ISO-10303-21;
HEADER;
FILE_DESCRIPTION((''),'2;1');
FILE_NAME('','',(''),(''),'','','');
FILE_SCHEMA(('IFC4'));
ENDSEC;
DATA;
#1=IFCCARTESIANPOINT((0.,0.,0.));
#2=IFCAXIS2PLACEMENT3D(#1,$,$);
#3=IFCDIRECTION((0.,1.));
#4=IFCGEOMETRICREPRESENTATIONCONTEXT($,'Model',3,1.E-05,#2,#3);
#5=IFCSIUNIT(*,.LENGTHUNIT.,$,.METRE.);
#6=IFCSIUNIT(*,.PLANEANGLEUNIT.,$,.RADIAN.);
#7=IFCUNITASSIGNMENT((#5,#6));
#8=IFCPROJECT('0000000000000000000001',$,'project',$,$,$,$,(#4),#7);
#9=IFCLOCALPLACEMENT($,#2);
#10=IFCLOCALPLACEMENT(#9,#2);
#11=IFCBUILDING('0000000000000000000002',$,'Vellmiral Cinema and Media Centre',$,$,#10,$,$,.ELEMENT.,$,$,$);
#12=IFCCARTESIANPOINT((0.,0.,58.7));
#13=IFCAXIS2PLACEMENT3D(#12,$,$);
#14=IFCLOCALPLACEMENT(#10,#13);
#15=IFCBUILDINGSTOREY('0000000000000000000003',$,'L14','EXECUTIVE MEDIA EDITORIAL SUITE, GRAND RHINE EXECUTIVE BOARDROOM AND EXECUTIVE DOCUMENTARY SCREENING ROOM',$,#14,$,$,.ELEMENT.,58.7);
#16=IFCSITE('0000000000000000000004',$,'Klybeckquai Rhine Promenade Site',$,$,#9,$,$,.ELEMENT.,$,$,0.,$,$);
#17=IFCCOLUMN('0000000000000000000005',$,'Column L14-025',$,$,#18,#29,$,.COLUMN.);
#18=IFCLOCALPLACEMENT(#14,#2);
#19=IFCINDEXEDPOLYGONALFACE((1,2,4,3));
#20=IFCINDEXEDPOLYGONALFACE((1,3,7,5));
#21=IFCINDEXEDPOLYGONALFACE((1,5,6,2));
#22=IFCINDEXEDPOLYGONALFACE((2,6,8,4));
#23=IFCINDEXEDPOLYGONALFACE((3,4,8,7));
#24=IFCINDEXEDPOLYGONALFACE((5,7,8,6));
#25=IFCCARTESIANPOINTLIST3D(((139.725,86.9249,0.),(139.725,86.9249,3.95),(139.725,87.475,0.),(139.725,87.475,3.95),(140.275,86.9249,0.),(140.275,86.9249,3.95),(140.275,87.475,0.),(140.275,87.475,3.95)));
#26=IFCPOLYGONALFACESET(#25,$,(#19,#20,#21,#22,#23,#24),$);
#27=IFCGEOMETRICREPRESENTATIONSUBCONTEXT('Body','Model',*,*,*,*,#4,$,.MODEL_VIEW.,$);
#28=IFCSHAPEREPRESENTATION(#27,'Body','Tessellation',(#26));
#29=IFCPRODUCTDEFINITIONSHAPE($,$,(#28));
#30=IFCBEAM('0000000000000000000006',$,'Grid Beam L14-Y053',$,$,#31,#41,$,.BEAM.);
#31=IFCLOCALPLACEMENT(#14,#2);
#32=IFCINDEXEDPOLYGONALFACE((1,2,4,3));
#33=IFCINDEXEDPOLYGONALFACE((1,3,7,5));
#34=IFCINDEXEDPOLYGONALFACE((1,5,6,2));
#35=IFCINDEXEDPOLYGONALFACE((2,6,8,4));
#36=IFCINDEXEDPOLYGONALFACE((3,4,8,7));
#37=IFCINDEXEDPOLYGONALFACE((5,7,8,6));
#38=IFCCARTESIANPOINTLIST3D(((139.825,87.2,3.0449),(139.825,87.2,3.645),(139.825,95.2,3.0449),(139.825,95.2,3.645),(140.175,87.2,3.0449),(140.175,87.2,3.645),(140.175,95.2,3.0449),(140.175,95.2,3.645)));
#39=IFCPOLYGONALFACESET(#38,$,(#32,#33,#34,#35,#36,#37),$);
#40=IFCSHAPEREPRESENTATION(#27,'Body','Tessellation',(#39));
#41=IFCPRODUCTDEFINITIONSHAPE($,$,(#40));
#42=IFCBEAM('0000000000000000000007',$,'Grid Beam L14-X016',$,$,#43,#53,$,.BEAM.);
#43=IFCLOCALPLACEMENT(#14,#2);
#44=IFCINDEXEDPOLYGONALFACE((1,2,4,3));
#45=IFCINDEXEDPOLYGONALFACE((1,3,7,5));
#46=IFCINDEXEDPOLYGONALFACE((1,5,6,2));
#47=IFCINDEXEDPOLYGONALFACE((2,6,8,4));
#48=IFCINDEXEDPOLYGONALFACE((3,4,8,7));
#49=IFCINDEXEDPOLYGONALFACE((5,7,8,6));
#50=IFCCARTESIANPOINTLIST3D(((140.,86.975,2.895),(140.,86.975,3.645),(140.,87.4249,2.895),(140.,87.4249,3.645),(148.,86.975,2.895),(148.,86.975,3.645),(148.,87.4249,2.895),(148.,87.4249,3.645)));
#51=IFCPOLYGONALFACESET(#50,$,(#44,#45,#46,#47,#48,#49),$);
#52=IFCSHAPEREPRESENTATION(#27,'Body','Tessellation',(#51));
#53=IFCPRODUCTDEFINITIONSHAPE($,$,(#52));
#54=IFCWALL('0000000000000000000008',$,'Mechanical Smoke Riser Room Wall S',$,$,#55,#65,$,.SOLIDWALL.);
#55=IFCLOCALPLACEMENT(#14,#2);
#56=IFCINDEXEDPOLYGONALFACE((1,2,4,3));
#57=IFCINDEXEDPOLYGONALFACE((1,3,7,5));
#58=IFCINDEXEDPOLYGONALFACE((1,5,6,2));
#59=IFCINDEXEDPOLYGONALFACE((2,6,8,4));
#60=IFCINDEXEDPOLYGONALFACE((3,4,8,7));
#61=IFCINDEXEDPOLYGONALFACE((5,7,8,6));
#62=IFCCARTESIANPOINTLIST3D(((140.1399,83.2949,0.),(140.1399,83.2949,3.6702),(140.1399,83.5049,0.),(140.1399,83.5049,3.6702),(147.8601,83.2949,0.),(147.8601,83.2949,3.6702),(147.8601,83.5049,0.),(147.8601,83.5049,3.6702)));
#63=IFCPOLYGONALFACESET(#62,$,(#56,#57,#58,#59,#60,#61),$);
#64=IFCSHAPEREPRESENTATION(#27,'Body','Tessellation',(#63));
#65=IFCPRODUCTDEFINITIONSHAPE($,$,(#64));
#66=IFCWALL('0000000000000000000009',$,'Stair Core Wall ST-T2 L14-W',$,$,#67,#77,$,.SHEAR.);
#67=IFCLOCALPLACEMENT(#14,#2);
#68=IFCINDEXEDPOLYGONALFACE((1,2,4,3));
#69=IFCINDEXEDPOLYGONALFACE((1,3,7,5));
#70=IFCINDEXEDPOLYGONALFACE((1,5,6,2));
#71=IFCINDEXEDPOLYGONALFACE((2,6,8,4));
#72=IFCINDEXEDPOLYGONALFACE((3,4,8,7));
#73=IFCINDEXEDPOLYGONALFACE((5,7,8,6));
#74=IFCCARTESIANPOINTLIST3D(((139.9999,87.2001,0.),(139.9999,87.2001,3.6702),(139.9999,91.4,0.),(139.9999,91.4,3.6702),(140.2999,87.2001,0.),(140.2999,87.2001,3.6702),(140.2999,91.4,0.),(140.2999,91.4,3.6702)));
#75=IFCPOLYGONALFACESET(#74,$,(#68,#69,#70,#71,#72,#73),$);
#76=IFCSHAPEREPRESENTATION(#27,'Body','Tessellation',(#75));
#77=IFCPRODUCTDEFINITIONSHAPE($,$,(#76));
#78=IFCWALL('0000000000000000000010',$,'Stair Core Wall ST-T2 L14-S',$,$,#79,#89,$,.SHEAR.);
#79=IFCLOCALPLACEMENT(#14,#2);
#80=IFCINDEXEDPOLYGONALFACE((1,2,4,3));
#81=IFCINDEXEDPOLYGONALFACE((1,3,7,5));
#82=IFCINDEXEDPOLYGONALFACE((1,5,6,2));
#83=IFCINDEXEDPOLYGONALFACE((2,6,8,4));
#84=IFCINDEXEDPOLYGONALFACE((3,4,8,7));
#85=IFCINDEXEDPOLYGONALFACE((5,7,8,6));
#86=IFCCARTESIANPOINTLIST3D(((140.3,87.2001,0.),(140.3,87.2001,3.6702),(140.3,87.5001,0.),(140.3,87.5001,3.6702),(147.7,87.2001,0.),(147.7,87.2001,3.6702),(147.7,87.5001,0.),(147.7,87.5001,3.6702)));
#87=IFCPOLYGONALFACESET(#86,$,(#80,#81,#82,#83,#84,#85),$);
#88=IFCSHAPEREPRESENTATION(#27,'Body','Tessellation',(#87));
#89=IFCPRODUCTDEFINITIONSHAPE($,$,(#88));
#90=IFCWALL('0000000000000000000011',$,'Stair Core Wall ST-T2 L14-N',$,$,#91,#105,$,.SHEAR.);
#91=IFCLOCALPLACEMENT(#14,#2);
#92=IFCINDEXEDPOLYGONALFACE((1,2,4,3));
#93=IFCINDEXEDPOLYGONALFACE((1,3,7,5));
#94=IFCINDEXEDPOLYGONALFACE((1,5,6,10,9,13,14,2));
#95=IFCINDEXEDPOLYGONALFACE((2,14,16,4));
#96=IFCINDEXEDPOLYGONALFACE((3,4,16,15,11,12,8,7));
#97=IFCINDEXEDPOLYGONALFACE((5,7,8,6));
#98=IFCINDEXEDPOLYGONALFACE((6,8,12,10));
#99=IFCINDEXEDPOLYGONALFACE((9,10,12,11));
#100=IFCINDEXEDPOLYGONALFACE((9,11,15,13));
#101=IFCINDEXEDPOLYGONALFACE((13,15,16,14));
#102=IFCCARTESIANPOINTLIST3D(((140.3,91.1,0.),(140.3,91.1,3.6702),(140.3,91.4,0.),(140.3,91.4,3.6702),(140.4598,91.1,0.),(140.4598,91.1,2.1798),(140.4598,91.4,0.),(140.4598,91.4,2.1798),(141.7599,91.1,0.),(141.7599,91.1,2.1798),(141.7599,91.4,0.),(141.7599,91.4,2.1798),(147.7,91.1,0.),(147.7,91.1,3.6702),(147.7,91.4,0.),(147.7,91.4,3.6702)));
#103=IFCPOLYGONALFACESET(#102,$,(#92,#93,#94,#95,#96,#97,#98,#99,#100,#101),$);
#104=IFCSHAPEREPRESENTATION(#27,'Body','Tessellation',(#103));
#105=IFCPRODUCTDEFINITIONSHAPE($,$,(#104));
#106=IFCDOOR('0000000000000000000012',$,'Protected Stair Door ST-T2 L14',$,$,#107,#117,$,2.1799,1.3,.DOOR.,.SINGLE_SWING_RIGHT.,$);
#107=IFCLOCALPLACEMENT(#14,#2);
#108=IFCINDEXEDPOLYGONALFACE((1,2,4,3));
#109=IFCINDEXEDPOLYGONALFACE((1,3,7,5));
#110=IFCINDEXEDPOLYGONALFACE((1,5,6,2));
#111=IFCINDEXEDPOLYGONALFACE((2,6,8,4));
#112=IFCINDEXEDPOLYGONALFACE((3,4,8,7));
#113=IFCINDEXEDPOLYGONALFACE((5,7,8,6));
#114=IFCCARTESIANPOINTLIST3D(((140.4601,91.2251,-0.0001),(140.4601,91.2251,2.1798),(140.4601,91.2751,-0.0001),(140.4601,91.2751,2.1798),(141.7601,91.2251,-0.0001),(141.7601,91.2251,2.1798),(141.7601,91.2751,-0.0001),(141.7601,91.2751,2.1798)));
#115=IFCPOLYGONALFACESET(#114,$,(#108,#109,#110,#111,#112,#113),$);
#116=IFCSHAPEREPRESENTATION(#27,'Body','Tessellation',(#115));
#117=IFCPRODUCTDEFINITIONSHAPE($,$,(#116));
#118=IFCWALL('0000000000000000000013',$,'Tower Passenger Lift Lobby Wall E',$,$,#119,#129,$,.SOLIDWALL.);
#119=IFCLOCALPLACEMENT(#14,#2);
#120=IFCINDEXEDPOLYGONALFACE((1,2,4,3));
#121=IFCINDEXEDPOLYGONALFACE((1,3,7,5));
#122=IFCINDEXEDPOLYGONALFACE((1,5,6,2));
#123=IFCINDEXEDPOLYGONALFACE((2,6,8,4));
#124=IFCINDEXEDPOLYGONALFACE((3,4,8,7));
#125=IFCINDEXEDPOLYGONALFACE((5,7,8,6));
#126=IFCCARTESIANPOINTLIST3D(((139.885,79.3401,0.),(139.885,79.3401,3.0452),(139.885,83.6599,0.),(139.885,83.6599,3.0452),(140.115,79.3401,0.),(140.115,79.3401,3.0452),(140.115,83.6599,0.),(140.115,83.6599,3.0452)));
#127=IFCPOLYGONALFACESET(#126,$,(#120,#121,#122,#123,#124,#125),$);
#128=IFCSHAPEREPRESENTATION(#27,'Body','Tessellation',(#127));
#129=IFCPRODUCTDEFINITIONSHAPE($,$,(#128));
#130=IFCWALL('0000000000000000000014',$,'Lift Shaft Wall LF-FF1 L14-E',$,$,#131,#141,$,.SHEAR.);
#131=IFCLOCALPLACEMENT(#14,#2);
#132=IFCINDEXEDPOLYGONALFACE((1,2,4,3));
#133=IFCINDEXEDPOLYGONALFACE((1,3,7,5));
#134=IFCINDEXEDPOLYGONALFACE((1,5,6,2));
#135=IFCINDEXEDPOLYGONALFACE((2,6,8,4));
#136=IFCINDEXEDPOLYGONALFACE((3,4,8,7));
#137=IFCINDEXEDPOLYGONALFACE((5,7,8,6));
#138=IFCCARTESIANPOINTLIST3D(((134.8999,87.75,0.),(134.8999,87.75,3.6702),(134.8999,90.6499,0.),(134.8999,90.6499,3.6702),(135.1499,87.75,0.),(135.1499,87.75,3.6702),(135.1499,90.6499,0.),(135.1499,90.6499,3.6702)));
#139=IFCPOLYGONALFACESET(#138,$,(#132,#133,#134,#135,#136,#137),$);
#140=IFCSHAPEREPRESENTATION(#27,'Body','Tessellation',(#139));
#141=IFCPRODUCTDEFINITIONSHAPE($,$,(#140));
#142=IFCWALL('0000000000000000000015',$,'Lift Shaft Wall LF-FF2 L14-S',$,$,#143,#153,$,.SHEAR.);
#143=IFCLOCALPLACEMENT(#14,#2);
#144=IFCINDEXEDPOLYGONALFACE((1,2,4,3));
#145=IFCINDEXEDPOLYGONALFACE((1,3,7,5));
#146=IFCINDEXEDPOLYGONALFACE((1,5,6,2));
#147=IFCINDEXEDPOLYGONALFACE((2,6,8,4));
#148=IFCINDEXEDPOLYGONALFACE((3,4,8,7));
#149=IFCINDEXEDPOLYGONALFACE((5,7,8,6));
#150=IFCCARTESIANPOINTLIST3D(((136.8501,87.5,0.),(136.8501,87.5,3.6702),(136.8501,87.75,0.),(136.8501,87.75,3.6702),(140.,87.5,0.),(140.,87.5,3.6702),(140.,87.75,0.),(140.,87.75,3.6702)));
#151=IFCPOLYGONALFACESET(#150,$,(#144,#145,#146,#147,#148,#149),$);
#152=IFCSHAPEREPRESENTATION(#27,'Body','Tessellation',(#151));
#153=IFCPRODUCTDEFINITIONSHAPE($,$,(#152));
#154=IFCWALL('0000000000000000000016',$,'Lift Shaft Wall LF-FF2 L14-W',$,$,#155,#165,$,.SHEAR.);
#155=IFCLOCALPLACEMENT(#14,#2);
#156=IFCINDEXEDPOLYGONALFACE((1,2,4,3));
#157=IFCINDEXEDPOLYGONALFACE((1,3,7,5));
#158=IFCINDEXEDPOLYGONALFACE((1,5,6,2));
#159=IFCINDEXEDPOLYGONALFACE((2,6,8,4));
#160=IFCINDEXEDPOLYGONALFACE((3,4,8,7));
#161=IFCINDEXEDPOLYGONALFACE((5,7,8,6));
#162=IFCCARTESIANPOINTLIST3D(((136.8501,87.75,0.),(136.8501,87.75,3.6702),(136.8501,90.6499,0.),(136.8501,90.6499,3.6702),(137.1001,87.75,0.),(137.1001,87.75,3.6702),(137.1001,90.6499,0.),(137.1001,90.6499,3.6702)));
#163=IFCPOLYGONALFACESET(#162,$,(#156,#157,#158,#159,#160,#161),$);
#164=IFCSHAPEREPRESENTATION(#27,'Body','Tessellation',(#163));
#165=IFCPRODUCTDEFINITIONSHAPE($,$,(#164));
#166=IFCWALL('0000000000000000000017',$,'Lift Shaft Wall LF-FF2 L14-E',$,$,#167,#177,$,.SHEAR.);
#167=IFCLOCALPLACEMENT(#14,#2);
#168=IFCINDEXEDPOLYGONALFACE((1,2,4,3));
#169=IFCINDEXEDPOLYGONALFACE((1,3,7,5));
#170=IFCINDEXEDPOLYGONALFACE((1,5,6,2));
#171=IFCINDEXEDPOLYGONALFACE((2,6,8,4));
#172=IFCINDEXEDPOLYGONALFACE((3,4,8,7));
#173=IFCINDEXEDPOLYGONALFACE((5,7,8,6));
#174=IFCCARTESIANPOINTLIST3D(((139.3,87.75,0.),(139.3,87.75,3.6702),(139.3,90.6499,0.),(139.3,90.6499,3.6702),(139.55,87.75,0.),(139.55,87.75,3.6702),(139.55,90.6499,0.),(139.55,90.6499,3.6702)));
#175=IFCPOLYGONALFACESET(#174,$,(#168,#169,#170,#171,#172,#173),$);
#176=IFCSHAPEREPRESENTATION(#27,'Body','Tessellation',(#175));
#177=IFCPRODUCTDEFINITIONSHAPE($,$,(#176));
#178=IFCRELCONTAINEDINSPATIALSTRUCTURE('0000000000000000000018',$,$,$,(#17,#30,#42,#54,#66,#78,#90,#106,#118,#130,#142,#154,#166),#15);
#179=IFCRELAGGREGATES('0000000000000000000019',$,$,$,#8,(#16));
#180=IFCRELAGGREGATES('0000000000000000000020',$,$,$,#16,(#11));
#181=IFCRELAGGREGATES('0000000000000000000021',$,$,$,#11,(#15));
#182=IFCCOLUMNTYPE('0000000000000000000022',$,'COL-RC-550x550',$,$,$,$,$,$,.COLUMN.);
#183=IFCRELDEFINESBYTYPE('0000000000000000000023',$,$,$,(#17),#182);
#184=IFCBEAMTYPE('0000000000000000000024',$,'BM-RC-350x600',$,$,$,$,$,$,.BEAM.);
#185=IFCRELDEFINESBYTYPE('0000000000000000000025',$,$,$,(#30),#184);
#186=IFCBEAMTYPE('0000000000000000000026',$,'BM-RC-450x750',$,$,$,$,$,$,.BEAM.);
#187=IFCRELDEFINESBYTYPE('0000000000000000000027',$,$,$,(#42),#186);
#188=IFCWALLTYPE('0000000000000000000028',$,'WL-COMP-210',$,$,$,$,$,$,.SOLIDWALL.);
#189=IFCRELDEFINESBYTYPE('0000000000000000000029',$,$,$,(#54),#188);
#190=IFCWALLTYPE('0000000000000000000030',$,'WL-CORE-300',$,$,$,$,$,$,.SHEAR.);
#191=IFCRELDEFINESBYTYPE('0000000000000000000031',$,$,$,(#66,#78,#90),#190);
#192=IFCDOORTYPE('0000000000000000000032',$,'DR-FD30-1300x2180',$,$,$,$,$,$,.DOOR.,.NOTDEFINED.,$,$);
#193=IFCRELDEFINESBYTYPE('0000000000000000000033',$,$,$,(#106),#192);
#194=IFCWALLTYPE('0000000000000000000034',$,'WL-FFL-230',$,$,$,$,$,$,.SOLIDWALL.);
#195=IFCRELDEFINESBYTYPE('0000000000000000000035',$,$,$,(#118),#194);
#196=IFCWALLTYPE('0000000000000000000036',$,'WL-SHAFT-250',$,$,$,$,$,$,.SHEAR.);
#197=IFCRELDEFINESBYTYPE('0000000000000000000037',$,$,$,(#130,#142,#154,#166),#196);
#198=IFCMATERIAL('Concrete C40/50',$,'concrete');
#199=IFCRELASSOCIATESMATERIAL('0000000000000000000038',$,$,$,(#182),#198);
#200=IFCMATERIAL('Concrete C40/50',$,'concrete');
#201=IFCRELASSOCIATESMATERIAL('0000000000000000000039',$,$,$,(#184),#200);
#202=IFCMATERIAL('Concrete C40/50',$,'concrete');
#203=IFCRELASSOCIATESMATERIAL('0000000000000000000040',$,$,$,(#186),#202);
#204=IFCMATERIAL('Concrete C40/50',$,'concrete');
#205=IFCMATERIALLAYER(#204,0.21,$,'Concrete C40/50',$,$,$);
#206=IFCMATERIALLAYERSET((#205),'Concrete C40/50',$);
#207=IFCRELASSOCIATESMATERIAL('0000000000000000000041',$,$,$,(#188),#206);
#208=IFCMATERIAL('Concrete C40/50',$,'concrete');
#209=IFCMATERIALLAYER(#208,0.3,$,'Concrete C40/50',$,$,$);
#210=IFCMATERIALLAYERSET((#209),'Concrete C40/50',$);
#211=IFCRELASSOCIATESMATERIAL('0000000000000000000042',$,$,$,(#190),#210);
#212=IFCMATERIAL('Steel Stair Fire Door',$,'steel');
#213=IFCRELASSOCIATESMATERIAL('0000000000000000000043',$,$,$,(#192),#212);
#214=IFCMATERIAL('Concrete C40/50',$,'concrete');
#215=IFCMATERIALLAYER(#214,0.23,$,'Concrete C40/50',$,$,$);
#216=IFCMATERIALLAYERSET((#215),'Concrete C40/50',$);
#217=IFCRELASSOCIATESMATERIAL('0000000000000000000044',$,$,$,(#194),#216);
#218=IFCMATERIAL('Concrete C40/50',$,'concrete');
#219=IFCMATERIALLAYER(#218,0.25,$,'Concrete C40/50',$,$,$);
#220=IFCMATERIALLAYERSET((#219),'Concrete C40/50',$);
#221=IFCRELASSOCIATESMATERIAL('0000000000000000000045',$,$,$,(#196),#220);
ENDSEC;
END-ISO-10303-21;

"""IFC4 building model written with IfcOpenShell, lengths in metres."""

from ifc_helpers import new_model, si_unit, direction, frame, frame_2d, origin, origin_2d, place, context, subcontext, project, spatial, rectangle, extrude, material, layer, layer_set, material_profile, profile_set, type_object, element, fill, save


model = new_model("IFC4")

# Units and contexts
model_context = context("Model", 3, precision=1e-05, world=origin(), true_north=direction((0.0, 1.0)))
body_context = subcontext(model_context, "Body", "Model", "MODEL_VIEW")
ifc_project = project(units=[si_unit("LENGTHUNIT", "METRE"), si_unit("PLANEANGLEUNIT", "RADIAN")], contexts=[model_context])

# Site, building, storey
site_placement = place(None, origin())
site = spatial("IfcSite", under=ifc_project, at=site_placement, Name="Klybeckquai Rhine Promenade Site", CompositionType="ELEMENT", RefElevation=0.0)
building_placement = place(site_placement, origin())
building = spatial("IfcBuilding", under=site, at=building_placement, Name="Vellmiral Cinema and Media Centre", CompositionType="ELEMENT")
storey_placement = place(building_placement, frame((0.0, 0.0, 58.7)))
storey = spatial("IfcBuildingStorey", under=building, at=storey_placement, Name="L14", Description="EXECUTIVE MEDIA EDITORIAL SUITE, GRAND RHINE EXECUTIVE BOARDROOM AND EXECUTIVE DOCUMENTARY SCREENING ROOM", CompositionType="ELEMENT", Elevation=58.7)

# Column
ifc_material_1 = material(Name="Concrete C40/50", Category="concrete")
ifc_material_profile_1 = material_profile(ifc_material_1, rectangle(XDim=0.55, YDim=0.55, at=origin_2d()), Name="RC 550x550")
ifc_profile_set_1 = profile_set([ifc_material_profile_1], Name="Concrete C40/50")
column_type = type_object("IfcColumnType", Name="COL-RC-550x550", PredefinedType="COLUMN", material=ifc_profile_set_1)
column_placement = place(storey_placement, frame((140.0, 87.2, 0.0), z_axis=(0.0, 0.0, 1.0), x_axis=(1.0, 0.0, 0.0)))
element("IfcColumn", 1, at=column_placement, inside=storey, type_object=column_type, Name="Column L14-025", PredefinedType="COLUMN", context=body_context, shape_type="SweptSolid", body=[
    extrude(rectangle(XDim=0.55, YDim=0.55, at=origin_2d()), origin(), (0.0, 0.0, 1.0), 3.95),
])

# Beams
ifc_material_2 = material(Name="Concrete C40/50", Category="concrete")
ifc_material_profile_2 = material_profile(ifc_material_2, rectangle(XDim=0.3501, YDim=0.6001, at=origin_2d()), Name="RC 350x600")
ifc_profile_set_2 = profile_set([ifc_material_profile_2], Name="Concrete C40/50")
beam_type_1 = type_object("IfcBeamType", Name="BM-RC-350x600", PredefinedType="BEAM", material=ifc_profile_set_2)
beam_1_placement = place(storey_placement, frame((140.0, 87.2, 3.345), z_axis=(0.0, 1.0, 0.0), x_axis=(-1.0, 0.0, 0.0)))
element("IfcBeam", 2, at=beam_1_placement, inside=storey, type_object=beam_type_1, Name="Grid Beam L14-Y053", PredefinedType="BEAM", context=body_context, shape_type="SweptSolid", body=[
    extrude(rectangle(XDim=0.3501, YDim=0.6001, at=origin_2d()), origin(), (0.0, 0.0, 1.0), 8.0),
])
ifc_material_3 = material(Name="Concrete C40/50", Category="concrete")
ifc_material_profile_3 = material_profile(ifc_material_3, rectangle(XDim=0.45, YDim=0.75, at=origin_2d()), Name="RC 450x750")
ifc_profile_set_3 = profile_set([ifc_material_profile_3], Name="Concrete C40/50")
beam_type_2 = type_object("IfcBeamType", Name="BM-RC-450x750", PredefinedType="BEAM", material=ifc_profile_set_3)
beam_2_placement = place(storey_placement, frame((140.0, 87.2, 3.27), z_axis=(1.0, 0.0, 0.0), x_axis=(0.0, 1.0, 0.0)))
element("IfcBeam", 3, at=beam_2_placement, inside=storey, type_object=beam_type_2, Name="Grid Beam L14-X016", PredefinedType="BEAM", context=body_context, shape_type="SweptSolid", body=[
    extrude(rectangle(XDim=0.45, YDim=0.75, at=origin_2d()), origin(), (0.0, 0.0, 1.0), 8.0),
])

# Walls
ifc_material_4 = material(Name="Concrete C40/50", Category="concrete")
ifc_layer_1 = layer(ifc_material_4, 0.21, Name="Concrete C40/50")
ifc_layer_set_1 = layer_set([ifc_layer_1], Name="Concrete C40/50")
wall_type_1 = type_object("IfcWallType", Name="WL-COMP-210", PredefinedType="SOLIDWALL", material=ifc_layer_set_1)
wall_1_placement = place(storey_placement, frame((140.1399, 83.3999, 0.0), z_axis=(0.0, 0.0, 1.0), x_axis=(1.0, 0.0, 0.0)))
element("IfcWall", 4, at=wall_1_placement, inside=storey, type_object=wall_type_1, Name="Mechanical Smoke Riser Room Wall S", PredefinedType="SOLIDWALL", context=body_context, shape_type="SweptSolid", body=[
    extrude(rectangle(XDim=7.7202, YDim=0.21, at=frame_2d((3.8601, 0.0))), origin(), (0.0, 0.0, 1.0), 3.6702),
])
ifc_material_5 = material(Name="Concrete C40/50", Category="concrete")
ifc_layer_2 = layer(ifc_material_5, 0.3, Name="Concrete C40/50")
ifc_layer_set_2 = layer_set([ifc_layer_2], Name="Concrete C40/50")
wall_type_2 = type_object("IfcWallType", Name="WL-CORE-300", PredefinedType="SHEAR", material=ifc_layer_set_2)
wall_2_placement = place(storey_placement, frame((140.1499, 87.2, 0.0), z_axis=(0.0, 0.0, 1.0), x_axis=(0.0, 1.0, 0.0)))
element("IfcWall", 5, at=wall_2_placement, inside=storey, type_object=wall_type_2, Name="Stair Core Wall ST-T2 L14-W", PredefinedType="SHEAR", context=body_context, shape_type="SweptSolid", body=[
    extrude(rectangle(XDim=4.2, YDim=0.3, at=frame_2d((2.1001, 0.0))), origin(), (0.0, 0.0, 1.0), 3.6702),
])
wall_3_placement = place(storey_placement, frame((140.3, 87.3501, 0.0), z_axis=(0.0, 0.0, 1.0), x_axis=(1.0, 0.0, 0.0)))
element("IfcWall", 6, at=wall_3_placement, inside=storey, type_object=wall_type_2, Name="Stair Core Wall ST-T2 L14-S", PredefinedType="SHEAR", context=body_context, shape_type="SweptSolid", body=[
    extrude(rectangle(XDim=7.3999, YDim=0.3, at=frame_2d((3.7, 0.0))), origin(), (0.0, 0.0, 1.0), 3.6702),
])

# Wall, opening, door
wall_4_placement = place(storey_placement, frame((140.3, 91.25, 0.0), z_axis=(0.0, 0.0, 1.0), x_axis=(1.0, 0.0, 0.0)))
wall_4 = element("IfcWall", 7, at=wall_4_placement, inside=storey, type_object=wall_type_2, Name="Stair Core Wall ST-T2 L14-N", PredefinedType="SHEAR", context=body_context, shape_type="SweptSolid", body=[
    extrude(rectangle(XDim=7.3999, YDim=0.3, at=frame_2d((3.7, 0.0))), origin(), (0.0, 0.0, 1.0), 3.6702),
])
opening_1_placement = place(wall_4_placement, frame((0.1599, 0.0, 0.0)))
opening_1 = element("IfcOpeningElement", 8, at=opening_1_placement, cuts=wall_4, PredefinedType="OPENING", context=body_context, shape_type="SweptSolid", body=[
    extrude(rectangle(XDim=1.3, YDim=2.1799, at=frame_2d((0.6499, 1.0898))), frame((0.0, 0.1621, 0.0), z_axis=(0.0, -1.0, 0.0), x_axis=(1.0, 0.0, 0.0)), (0.0, 0.0, 1.0), 0.324),
])
ifc_material_6 = material(Name="Steel Stair Fire Door", Category="steel")
door_type_1 = type_object("IfcDoorType", Name="DR-FD30-1300x2180", OperationType="NOTDEFINED", PredefinedType="DOOR", material=ifc_material_6)
door_1_placement = place(opening_1_placement, frame((1.3, 0.0, 0.0), z_axis=(0.0, 0.0, 1.0), x_axis=(-1.0, 0.0, 0.0)))
door_1 = element("IfcDoor", 9, at=door_1_placement, inside=storey, type_object=door_type_1, Name="Protected Stair Door ST-T2 L14", OperationType="SINGLE_SWING_RIGHT", OverallHeight=2.1799, OverallWidth=1.3, PredefinedType="DOOR", context=body_context, shape_type="SweptSolid", body=[
    extrude(rectangle(XDim=1.3, YDim=2.1799, at=frame_2d((0.6499, 1.0898))), frame((0.0, 0.0249, 0.0), z_axis=(0.0, -1.0, 0.0), x_axis=(1.0, 0.0, 0.0)), (0.0, 0.0, 1.0), 0.05),
])
fill(opening_1, door_1)

# Walls
ifc_material_7 = material(Name="Concrete C40/50", Category="concrete")
ifc_layer_3 = layer(ifc_material_7, 0.23, Name="Concrete C40/50")
ifc_layer_set_3 = layer_set([ifc_layer_3], Name="Concrete C40/50")
wall_type_3 = type_object("IfcWallType", Name="WL-FFL-230", PredefinedType="SOLIDWALL", material=ifc_layer_set_3)
wall_5_placement = place(storey_placement, frame((140.0, 79.3401, 0.0), z_axis=(0.0, 0.0, 1.0), x_axis=(0.0, 1.0, 0.0)))
element("IfcWall", 10, at=wall_5_placement, inside=storey, type_object=wall_type_3, Name="Tower Passenger Lift Lobby Wall E", PredefinedType="SOLIDWALL", context=body_context, shape_type="SweptSolid", body=[
    extrude(rectangle(XDim=4.3198, YDim=0.23, at=frame_2d((2.1599, 0.0))), origin(), (0.0, 0.0, 1.0), 3.0452),
])
ifc_material_8 = material(Name="Concrete C40/50", Category="concrete")
ifc_layer_4 = layer(ifc_material_8, 0.25, Name="Concrete C40/50")
ifc_layer_set_4 = layer_set([ifc_layer_4], Name="Concrete C40/50")
wall_type_4 = type_object("IfcWallType", Name="WL-SHAFT-250", PredefinedType="SHEAR", material=ifc_layer_set_4)
wall_6_placement = place(storey_placement, frame((135.0249, 87.75, 0.0), z_axis=(0.0, 0.0, 1.0), x_axis=(0.0, 1.0, 0.0)))
element("IfcWall", 11, at=wall_6_placement, inside=storey, type_object=wall_type_4, Name="Lift Shaft Wall LF-FF1 L14-E", PredefinedType="SHEAR", context=body_context, shape_type="SweptSolid", body=[
    extrude(rectangle(XDim=2.8999, YDim=0.25, at=frame_2d((1.45, 0.0))), origin(), (0.0, 0.0, 1.0), 3.6702),
])
wall_7_placement = place(storey_placement, frame((136.8501, 87.625, 0.0), z_axis=(0.0, 0.0, 1.0), x_axis=(1.0, 0.0, 0.0)))
element("IfcWall", 12, at=wall_7_placement, inside=storey, type_object=wall_type_4, Name="Lift Shaft Wall LF-FF2 L14-S", PredefinedType="SHEAR", context=body_context, shape_type="SweptSolid", body=[
    extrude(rectangle(XDim=3.1499, YDim=0.25, at=frame_2d((1.575, 0.0))), origin(), (0.0, 0.0, 1.0), 3.6702),
])

# Walls
for number, where, z_axis, x_axis, name in (
    (13, (136.9751, 87.75, 0.0), (0.0, 0.0, 1.0), (0.0, 1.0, 0.0), "Lift Shaft Wall LF-FF2 L14-W"),
    (14, (139.425, 87.75, 0.0), (0.0, 0.0, 1.0), (0.0, 1.0, 0.0), "Lift Shaft Wall LF-FF2 L14-E"),
):
    element("IfcWall", number, at=place(storey_placement, frame(where, z_axis=z_axis, x_axis=x_axis)), inside=storey, type_object=wall_type_4, Name=name, PredefinedType="SHEAR", context=body_context, shape_type="SweptSolid", body=[
        extrude(rectangle(XDim=2.8999, YDim=0.25, at=frame_2d((1.45, 0.0))), origin(), (0.0, 0.0, 1.0), 3.6702),
    ])

save(model, "model.ifc")
